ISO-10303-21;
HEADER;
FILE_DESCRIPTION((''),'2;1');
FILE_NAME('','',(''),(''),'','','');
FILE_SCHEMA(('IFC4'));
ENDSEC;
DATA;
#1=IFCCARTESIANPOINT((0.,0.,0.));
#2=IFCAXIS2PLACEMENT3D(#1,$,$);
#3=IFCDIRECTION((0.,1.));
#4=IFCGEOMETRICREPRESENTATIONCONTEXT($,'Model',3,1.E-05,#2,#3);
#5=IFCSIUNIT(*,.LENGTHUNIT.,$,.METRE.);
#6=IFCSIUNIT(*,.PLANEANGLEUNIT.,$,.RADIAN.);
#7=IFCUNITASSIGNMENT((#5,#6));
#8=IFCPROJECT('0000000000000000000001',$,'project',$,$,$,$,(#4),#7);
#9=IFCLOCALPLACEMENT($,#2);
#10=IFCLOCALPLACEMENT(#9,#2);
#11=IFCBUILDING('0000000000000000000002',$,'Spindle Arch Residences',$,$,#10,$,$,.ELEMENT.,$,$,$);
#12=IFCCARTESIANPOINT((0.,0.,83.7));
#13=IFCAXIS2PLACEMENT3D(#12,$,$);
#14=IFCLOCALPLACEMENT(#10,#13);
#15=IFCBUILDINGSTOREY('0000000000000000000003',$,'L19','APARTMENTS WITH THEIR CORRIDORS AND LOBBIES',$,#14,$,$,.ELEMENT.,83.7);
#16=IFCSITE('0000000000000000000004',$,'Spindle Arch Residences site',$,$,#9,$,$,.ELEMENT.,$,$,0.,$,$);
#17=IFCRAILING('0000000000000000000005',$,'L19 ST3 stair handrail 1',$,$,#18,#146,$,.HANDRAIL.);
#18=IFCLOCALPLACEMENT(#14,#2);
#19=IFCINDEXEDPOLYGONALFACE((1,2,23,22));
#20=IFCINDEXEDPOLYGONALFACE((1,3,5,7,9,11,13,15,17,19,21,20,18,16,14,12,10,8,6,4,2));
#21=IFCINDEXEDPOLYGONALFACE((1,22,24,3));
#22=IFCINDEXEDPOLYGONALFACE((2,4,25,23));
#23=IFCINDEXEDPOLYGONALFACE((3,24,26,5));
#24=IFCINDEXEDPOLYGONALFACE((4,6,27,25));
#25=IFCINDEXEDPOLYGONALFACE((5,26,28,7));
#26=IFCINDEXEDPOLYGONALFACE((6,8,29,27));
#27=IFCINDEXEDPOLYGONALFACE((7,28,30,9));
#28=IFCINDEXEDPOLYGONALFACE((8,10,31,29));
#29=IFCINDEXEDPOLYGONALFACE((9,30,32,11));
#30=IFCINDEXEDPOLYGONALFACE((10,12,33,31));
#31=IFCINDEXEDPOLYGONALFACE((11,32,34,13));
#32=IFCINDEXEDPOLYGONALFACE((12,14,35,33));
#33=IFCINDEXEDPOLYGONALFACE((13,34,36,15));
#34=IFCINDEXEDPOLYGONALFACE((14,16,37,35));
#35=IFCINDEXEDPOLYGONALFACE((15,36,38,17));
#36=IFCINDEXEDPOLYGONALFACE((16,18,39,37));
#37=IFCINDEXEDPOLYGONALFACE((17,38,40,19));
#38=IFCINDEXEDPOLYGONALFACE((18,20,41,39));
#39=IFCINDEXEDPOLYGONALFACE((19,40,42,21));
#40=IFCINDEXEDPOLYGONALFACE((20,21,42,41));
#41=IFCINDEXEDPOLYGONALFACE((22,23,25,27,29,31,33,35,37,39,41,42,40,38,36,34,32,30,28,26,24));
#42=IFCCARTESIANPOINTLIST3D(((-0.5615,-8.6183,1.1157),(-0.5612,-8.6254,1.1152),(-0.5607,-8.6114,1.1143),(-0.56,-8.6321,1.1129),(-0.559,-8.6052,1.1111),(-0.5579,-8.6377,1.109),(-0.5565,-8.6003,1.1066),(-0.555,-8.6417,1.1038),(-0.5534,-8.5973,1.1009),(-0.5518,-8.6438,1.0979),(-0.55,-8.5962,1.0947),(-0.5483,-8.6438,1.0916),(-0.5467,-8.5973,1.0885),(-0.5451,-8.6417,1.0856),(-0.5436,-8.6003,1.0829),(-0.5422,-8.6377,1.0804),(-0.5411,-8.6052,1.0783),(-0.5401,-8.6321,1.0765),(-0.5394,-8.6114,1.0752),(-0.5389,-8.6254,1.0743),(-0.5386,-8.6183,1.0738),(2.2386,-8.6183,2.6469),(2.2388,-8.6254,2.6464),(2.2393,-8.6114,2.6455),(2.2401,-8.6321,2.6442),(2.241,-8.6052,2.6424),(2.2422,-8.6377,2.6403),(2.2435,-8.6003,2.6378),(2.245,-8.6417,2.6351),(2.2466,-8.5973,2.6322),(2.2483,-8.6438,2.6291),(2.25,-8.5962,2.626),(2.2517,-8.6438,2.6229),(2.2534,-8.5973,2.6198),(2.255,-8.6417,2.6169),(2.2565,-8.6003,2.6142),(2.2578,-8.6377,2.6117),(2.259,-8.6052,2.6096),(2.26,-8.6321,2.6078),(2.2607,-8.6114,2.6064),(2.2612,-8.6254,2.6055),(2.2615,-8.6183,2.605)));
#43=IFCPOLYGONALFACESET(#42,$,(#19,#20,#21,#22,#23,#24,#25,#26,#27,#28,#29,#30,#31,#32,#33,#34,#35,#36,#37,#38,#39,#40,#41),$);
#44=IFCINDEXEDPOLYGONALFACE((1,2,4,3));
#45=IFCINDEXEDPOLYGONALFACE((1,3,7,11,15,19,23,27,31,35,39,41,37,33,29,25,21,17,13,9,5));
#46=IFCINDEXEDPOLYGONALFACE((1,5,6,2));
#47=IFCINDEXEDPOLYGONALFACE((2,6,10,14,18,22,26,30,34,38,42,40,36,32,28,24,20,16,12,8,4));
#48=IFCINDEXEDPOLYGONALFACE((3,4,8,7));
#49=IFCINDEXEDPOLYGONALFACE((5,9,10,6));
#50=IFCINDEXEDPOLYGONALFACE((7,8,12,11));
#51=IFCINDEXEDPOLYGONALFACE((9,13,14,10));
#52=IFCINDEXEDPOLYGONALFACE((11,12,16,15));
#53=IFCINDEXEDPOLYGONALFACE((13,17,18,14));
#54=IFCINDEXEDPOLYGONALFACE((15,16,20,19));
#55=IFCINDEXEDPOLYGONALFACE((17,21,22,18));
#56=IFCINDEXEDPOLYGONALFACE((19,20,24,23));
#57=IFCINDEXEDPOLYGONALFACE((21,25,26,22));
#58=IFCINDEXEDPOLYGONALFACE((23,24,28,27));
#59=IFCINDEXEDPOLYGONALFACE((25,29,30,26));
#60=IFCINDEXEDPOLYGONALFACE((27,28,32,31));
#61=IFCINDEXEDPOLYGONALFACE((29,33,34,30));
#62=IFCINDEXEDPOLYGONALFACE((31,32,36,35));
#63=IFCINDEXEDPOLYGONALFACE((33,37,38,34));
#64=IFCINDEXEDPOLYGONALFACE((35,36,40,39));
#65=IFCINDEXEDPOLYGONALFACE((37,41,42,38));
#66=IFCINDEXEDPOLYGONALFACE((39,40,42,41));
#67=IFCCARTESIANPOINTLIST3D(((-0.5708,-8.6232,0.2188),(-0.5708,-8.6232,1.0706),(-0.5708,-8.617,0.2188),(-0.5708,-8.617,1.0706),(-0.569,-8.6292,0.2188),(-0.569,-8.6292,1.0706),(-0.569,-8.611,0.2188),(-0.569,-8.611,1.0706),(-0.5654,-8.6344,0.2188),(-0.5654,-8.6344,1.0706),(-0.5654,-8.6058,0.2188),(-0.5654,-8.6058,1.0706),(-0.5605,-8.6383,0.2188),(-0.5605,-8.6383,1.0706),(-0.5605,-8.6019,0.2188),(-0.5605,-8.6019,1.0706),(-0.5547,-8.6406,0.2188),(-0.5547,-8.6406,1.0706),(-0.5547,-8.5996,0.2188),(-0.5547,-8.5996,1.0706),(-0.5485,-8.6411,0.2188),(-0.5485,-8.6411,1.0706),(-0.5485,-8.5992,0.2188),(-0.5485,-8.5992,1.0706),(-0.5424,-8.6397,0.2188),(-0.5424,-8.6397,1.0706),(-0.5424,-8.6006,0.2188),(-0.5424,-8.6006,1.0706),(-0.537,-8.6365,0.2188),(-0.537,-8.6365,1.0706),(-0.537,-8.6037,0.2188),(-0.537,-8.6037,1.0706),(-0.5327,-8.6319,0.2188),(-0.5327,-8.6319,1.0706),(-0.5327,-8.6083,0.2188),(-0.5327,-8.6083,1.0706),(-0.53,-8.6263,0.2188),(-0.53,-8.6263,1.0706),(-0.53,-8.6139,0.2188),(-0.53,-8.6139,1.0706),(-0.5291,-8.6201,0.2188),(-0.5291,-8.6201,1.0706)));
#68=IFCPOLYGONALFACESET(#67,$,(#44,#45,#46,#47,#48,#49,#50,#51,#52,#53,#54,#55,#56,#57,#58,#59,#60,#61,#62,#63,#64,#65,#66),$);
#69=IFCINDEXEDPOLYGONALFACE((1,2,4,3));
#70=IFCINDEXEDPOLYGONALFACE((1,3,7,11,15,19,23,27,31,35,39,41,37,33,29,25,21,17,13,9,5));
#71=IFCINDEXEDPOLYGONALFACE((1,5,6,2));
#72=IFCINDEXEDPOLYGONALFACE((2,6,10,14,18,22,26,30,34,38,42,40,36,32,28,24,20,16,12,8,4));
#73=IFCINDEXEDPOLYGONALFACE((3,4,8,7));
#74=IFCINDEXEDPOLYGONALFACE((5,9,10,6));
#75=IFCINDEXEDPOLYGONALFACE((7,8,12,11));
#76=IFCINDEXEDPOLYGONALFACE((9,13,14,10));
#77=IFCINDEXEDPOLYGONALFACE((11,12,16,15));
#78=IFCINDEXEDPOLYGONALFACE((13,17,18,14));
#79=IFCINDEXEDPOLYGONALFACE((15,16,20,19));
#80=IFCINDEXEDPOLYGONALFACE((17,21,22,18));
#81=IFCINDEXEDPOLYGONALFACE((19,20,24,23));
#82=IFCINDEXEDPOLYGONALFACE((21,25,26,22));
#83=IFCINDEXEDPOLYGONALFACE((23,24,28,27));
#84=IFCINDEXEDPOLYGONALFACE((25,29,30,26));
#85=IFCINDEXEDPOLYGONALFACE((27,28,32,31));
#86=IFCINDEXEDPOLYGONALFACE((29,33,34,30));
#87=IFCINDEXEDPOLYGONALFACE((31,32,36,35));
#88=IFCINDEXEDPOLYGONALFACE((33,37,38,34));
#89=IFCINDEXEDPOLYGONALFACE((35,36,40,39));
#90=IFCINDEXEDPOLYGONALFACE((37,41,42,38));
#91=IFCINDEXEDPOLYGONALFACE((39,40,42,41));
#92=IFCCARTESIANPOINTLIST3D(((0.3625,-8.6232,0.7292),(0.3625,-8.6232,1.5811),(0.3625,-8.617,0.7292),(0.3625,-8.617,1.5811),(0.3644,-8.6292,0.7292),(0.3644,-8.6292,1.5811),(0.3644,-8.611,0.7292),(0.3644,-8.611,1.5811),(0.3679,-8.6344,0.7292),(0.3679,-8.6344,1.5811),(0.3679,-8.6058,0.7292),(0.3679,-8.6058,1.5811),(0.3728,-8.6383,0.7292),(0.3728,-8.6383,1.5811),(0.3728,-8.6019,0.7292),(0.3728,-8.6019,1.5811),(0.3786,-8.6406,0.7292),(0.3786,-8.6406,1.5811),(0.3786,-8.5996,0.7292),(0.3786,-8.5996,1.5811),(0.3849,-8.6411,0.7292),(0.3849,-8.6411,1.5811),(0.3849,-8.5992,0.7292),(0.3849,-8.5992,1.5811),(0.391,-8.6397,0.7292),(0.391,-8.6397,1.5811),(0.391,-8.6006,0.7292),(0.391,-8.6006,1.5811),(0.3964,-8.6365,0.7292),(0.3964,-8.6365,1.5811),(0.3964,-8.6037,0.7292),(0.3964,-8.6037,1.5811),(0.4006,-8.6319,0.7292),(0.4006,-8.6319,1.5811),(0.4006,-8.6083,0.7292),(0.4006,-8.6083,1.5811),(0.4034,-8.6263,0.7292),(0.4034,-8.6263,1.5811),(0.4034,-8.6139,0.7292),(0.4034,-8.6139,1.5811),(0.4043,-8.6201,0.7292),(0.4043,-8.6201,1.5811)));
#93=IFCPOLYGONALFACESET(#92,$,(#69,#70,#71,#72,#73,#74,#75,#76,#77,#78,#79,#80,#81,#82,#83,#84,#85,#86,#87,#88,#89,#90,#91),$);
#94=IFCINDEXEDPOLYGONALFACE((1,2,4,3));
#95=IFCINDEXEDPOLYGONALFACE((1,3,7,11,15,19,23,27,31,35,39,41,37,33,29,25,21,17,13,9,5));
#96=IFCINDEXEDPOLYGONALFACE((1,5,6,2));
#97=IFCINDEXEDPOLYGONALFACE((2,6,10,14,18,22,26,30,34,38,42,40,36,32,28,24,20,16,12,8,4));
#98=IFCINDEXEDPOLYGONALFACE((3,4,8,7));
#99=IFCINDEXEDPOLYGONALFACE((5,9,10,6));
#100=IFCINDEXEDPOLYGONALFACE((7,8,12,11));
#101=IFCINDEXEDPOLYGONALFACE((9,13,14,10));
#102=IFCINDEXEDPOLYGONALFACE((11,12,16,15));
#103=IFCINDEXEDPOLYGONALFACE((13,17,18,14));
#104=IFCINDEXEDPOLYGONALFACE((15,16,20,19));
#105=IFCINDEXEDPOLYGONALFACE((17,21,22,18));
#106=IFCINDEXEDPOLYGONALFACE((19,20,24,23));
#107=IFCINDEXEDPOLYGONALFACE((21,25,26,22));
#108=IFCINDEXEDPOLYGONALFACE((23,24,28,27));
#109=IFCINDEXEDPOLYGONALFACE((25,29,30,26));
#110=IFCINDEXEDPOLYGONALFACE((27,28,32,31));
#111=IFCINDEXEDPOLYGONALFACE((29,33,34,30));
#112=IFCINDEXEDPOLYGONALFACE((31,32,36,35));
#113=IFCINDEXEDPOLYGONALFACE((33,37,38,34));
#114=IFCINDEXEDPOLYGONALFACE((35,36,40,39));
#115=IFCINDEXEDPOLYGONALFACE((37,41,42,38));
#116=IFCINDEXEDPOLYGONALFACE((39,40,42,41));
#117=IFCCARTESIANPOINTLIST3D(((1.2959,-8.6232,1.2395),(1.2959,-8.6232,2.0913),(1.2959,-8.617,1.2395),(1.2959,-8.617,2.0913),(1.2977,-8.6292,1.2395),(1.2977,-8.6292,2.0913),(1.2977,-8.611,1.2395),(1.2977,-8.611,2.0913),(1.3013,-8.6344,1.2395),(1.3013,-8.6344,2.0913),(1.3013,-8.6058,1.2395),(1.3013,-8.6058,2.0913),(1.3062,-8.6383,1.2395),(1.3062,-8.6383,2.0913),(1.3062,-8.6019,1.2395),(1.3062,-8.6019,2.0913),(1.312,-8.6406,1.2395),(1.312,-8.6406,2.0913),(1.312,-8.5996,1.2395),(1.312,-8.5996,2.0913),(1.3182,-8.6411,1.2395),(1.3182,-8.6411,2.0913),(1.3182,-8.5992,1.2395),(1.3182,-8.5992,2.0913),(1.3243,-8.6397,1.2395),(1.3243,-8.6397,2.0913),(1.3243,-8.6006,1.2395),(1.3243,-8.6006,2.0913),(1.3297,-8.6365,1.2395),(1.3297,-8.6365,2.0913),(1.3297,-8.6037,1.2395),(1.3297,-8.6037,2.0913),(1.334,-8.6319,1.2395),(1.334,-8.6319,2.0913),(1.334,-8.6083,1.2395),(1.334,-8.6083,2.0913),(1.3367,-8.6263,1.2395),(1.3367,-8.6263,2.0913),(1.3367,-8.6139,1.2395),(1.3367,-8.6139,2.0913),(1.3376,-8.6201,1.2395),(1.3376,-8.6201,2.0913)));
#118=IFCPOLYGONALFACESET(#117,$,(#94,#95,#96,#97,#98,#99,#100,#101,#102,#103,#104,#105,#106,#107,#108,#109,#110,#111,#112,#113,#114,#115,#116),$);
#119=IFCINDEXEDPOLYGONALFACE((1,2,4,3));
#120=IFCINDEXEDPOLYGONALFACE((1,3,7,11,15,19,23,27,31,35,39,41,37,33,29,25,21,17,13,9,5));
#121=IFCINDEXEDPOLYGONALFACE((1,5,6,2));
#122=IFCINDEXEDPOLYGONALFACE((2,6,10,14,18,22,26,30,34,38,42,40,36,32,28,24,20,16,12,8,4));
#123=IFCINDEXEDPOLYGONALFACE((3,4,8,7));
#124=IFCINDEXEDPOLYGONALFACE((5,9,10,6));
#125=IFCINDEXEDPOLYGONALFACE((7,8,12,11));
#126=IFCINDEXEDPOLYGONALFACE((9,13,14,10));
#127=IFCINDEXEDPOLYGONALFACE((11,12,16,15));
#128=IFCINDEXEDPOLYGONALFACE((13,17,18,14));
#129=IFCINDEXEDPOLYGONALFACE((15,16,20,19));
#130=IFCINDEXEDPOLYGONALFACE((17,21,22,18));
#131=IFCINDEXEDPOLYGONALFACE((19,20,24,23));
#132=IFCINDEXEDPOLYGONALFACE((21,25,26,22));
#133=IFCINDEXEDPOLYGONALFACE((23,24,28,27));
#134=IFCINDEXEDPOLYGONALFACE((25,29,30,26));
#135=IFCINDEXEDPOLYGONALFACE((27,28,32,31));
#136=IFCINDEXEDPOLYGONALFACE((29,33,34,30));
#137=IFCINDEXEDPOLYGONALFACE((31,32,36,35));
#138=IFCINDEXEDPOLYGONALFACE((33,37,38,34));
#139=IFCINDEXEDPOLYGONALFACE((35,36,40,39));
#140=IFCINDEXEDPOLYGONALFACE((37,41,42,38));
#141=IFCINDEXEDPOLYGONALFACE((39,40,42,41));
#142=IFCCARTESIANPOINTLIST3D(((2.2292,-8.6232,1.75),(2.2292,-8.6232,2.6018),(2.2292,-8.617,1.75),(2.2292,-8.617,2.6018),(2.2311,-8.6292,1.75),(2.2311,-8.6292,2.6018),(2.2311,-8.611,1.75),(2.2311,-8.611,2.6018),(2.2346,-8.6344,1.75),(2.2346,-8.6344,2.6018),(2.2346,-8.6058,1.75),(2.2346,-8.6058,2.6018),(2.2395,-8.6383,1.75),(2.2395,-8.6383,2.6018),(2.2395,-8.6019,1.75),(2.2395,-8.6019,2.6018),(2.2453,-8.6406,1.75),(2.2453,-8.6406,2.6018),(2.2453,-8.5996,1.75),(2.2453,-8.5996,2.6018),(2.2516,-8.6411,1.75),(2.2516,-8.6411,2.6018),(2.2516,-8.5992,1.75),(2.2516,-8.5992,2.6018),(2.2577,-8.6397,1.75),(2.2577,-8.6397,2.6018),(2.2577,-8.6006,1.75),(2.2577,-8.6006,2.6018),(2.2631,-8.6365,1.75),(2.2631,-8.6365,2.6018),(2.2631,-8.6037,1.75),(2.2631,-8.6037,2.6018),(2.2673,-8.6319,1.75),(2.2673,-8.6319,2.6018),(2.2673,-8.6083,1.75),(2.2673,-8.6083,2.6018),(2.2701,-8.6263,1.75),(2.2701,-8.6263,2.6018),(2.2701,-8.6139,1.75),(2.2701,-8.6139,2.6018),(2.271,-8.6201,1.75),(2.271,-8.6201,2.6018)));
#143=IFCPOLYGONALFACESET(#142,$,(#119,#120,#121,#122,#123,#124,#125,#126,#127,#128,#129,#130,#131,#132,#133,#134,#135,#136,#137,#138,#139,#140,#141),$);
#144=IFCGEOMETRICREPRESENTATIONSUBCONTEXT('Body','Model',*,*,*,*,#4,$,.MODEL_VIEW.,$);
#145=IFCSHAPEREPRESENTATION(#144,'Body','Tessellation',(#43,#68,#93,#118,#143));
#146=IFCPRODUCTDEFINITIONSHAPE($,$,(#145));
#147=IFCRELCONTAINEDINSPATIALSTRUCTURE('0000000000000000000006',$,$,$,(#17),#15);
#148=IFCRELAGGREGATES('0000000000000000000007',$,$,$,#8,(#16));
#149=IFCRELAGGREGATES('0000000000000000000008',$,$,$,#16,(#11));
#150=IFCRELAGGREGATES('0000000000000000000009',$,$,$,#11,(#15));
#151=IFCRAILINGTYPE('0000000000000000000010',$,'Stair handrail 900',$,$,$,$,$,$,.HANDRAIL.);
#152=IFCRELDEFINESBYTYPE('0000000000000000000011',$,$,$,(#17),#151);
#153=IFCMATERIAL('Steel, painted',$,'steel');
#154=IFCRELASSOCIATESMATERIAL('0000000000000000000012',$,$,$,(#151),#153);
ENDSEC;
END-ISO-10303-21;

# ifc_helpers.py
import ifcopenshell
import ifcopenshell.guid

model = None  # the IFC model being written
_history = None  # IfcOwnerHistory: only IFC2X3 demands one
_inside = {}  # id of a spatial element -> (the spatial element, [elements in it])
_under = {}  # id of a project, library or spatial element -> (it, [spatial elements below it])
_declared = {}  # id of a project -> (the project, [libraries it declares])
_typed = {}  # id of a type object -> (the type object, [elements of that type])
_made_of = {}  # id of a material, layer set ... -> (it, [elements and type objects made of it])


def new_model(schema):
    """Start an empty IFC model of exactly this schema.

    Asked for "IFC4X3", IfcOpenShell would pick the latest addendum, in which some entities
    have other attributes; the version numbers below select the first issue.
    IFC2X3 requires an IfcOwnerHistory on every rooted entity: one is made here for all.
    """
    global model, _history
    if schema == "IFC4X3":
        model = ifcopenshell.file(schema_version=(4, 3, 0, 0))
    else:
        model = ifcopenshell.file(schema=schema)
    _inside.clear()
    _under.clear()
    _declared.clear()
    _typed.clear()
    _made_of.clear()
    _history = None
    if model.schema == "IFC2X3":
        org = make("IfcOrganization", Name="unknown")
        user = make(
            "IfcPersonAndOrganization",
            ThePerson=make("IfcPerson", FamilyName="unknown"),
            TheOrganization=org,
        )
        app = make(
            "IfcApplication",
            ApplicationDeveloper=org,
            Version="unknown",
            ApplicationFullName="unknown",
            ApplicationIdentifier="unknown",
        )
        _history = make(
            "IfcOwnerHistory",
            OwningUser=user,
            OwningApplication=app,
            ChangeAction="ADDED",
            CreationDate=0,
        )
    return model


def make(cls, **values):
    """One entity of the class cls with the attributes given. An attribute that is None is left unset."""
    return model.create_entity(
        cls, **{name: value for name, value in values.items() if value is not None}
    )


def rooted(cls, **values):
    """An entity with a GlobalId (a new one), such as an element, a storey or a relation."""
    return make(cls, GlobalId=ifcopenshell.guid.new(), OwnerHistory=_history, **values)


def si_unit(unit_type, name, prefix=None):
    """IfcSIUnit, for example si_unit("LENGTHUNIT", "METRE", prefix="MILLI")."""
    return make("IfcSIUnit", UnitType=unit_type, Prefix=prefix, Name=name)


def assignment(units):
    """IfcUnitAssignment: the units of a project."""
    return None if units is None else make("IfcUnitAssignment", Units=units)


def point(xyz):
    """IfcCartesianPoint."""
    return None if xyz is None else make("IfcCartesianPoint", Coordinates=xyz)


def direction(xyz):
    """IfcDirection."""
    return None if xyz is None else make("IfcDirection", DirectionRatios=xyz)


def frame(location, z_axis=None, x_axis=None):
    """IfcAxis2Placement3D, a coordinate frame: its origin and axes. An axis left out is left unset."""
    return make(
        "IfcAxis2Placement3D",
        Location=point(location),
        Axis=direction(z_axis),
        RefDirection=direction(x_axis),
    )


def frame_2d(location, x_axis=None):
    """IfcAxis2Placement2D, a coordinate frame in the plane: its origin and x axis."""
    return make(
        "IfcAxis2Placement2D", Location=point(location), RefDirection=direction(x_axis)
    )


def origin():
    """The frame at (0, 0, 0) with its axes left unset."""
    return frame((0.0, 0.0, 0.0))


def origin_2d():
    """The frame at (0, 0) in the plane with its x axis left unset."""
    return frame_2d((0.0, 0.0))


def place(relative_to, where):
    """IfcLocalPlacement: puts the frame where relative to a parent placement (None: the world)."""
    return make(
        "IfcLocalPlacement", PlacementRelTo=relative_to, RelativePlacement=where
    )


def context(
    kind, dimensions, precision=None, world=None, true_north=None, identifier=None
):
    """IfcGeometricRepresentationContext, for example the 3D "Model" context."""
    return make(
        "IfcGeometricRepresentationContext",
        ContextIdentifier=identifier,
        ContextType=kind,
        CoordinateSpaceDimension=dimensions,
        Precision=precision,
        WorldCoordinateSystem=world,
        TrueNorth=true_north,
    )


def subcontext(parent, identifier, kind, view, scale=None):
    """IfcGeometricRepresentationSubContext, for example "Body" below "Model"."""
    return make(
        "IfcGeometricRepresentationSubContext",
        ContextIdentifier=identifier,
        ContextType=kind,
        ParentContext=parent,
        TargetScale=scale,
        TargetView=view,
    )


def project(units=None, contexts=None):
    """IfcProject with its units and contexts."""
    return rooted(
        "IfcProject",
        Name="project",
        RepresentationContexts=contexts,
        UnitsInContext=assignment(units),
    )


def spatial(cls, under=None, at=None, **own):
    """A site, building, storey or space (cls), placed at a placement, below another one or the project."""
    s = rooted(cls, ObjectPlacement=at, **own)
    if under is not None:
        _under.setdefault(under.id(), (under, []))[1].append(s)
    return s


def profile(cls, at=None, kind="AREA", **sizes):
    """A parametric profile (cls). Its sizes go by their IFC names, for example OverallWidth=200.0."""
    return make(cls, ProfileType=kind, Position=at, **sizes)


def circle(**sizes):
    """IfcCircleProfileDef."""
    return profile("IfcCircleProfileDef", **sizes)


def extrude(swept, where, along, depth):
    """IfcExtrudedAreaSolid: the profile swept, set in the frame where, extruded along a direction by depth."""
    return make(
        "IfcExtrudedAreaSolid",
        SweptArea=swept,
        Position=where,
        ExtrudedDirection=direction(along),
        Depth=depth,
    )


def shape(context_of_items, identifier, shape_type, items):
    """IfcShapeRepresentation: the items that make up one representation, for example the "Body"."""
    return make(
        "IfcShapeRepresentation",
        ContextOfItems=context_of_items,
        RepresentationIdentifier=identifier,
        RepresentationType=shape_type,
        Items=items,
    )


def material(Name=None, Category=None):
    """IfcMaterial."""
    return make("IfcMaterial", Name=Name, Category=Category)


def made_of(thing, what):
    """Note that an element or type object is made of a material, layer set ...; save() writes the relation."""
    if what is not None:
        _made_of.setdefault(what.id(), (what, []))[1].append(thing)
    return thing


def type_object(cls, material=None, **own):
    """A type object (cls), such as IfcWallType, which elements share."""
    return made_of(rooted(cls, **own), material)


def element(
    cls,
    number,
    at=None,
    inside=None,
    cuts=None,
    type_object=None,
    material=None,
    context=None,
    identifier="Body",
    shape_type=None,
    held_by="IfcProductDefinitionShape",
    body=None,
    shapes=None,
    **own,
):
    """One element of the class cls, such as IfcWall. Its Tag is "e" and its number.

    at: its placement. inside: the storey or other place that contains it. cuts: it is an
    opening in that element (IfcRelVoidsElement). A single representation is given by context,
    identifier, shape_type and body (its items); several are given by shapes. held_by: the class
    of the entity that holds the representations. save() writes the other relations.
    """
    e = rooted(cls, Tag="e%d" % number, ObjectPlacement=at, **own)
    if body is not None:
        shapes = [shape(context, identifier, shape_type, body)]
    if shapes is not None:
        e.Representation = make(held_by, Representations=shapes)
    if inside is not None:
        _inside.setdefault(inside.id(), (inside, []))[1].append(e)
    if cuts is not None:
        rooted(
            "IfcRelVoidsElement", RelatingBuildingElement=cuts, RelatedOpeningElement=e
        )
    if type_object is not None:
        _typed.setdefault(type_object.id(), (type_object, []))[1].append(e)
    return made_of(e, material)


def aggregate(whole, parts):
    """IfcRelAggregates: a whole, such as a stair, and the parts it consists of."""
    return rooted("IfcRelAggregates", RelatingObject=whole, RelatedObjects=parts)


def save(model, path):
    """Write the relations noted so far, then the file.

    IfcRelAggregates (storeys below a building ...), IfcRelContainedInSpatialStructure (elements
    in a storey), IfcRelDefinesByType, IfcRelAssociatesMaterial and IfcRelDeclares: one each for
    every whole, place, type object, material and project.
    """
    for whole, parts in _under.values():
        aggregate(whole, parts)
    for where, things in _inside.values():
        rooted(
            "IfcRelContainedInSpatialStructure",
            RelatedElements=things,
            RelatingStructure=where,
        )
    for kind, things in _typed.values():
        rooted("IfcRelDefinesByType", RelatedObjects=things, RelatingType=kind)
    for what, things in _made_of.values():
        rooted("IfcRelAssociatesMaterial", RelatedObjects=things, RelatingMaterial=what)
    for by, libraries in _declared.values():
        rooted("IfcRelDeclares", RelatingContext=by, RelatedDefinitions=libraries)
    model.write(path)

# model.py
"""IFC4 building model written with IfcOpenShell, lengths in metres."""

from ifc_helpers import new_model, si_unit, direction, frame, origin, origin_2d, place, context, subcontext, project, spatial, circle, extrude, material, type_object, element, save


model = new_model("IFC4")

# Units and contexts
model_context = context("Model", 3, precision=1e-05, world=origin(), true_north=direction((0.0, 1.0)))
body_context = subcontext(model_context, "Body", "Model", "MODEL_VIEW")
ifc_project = project(units=[si_unit("LENGTHUNIT", "METRE"), si_unit("PLANEANGLEUNIT", "RADIAN")], contexts=[model_context])

# Site, building, storey
site_placement = place(None, origin())
site = spatial("IfcSite", under=ifc_project, at=site_placement, Name="Spindle Arch Residences site", CompositionType="ELEMENT", RefElevation=0.0)
building_placement = place(site_placement, origin())
building = spatial("IfcBuilding", under=site, at=building_placement, Name="Spindle Arch Residences", CompositionType="ELEMENT")
storey_placement = place(building_placement, frame((0.0, 0.0, 83.7)))
storey = spatial("IfcBuildingStorey", under=building, at=storey_placement, Name="L19", Description="APARTMENTS WITH THEIR CORRIDORS AND LOBBIES", CompositionType="ELEMENT", Elevation=83.7)

# Railing
ifc_material_1 = material(Name="Steel, painted", Category="steel")
railing_type_1 = type_object("IfcRailingType", Name="Stair handrail 900", PredefinedType="HANDRAIL", material=ifc_material_1)
railing_1_placement = place(storey_placement, frame((-0.55, -8.6201, 0.2188)))
element("IfcRailing", 1, at=railing_1_placement, inside=storey, type_object=railing_type_1, Name="L19 ST3 stair handrail 1", PredefinedType="HANDRAIL", context=body_context, shape_type="SweptSolid", body=[
    extrude(circle(Radius=0.0239, at=origin_2d()), frame((0.0, 0.0, 0.876), z_axis=(0.877375, 0.0, 0.479806), x_axis=(0.0, 1.0, 0.0)), (0.0, 0.0, 1.0), 3.1914),
    extrude(circle(Radius=0.021, at=origin_2d()), origin(), (0.0, 0.0, 1.0), 0.8518),
    extrude(circle(Radius=0.021, at=origin_2d()), frame((0.9333, 0.0, 0.5105)), (0.0, 0.0, 1.0), 0.8518),
    extrude(circle(Radius=0.021, at=origin_2d()), frame((1.8667, 0.0, 1.0208)), (0.0, 0.0, 1.0), 0.8518),
    extrude(circle(Radius=0.021, at=origin_2d()), frame((2.8, 0.0, 1.5312)), (0.0, 0.0, 1.0), 0.8518),
])

save(model, "model.ifc")
